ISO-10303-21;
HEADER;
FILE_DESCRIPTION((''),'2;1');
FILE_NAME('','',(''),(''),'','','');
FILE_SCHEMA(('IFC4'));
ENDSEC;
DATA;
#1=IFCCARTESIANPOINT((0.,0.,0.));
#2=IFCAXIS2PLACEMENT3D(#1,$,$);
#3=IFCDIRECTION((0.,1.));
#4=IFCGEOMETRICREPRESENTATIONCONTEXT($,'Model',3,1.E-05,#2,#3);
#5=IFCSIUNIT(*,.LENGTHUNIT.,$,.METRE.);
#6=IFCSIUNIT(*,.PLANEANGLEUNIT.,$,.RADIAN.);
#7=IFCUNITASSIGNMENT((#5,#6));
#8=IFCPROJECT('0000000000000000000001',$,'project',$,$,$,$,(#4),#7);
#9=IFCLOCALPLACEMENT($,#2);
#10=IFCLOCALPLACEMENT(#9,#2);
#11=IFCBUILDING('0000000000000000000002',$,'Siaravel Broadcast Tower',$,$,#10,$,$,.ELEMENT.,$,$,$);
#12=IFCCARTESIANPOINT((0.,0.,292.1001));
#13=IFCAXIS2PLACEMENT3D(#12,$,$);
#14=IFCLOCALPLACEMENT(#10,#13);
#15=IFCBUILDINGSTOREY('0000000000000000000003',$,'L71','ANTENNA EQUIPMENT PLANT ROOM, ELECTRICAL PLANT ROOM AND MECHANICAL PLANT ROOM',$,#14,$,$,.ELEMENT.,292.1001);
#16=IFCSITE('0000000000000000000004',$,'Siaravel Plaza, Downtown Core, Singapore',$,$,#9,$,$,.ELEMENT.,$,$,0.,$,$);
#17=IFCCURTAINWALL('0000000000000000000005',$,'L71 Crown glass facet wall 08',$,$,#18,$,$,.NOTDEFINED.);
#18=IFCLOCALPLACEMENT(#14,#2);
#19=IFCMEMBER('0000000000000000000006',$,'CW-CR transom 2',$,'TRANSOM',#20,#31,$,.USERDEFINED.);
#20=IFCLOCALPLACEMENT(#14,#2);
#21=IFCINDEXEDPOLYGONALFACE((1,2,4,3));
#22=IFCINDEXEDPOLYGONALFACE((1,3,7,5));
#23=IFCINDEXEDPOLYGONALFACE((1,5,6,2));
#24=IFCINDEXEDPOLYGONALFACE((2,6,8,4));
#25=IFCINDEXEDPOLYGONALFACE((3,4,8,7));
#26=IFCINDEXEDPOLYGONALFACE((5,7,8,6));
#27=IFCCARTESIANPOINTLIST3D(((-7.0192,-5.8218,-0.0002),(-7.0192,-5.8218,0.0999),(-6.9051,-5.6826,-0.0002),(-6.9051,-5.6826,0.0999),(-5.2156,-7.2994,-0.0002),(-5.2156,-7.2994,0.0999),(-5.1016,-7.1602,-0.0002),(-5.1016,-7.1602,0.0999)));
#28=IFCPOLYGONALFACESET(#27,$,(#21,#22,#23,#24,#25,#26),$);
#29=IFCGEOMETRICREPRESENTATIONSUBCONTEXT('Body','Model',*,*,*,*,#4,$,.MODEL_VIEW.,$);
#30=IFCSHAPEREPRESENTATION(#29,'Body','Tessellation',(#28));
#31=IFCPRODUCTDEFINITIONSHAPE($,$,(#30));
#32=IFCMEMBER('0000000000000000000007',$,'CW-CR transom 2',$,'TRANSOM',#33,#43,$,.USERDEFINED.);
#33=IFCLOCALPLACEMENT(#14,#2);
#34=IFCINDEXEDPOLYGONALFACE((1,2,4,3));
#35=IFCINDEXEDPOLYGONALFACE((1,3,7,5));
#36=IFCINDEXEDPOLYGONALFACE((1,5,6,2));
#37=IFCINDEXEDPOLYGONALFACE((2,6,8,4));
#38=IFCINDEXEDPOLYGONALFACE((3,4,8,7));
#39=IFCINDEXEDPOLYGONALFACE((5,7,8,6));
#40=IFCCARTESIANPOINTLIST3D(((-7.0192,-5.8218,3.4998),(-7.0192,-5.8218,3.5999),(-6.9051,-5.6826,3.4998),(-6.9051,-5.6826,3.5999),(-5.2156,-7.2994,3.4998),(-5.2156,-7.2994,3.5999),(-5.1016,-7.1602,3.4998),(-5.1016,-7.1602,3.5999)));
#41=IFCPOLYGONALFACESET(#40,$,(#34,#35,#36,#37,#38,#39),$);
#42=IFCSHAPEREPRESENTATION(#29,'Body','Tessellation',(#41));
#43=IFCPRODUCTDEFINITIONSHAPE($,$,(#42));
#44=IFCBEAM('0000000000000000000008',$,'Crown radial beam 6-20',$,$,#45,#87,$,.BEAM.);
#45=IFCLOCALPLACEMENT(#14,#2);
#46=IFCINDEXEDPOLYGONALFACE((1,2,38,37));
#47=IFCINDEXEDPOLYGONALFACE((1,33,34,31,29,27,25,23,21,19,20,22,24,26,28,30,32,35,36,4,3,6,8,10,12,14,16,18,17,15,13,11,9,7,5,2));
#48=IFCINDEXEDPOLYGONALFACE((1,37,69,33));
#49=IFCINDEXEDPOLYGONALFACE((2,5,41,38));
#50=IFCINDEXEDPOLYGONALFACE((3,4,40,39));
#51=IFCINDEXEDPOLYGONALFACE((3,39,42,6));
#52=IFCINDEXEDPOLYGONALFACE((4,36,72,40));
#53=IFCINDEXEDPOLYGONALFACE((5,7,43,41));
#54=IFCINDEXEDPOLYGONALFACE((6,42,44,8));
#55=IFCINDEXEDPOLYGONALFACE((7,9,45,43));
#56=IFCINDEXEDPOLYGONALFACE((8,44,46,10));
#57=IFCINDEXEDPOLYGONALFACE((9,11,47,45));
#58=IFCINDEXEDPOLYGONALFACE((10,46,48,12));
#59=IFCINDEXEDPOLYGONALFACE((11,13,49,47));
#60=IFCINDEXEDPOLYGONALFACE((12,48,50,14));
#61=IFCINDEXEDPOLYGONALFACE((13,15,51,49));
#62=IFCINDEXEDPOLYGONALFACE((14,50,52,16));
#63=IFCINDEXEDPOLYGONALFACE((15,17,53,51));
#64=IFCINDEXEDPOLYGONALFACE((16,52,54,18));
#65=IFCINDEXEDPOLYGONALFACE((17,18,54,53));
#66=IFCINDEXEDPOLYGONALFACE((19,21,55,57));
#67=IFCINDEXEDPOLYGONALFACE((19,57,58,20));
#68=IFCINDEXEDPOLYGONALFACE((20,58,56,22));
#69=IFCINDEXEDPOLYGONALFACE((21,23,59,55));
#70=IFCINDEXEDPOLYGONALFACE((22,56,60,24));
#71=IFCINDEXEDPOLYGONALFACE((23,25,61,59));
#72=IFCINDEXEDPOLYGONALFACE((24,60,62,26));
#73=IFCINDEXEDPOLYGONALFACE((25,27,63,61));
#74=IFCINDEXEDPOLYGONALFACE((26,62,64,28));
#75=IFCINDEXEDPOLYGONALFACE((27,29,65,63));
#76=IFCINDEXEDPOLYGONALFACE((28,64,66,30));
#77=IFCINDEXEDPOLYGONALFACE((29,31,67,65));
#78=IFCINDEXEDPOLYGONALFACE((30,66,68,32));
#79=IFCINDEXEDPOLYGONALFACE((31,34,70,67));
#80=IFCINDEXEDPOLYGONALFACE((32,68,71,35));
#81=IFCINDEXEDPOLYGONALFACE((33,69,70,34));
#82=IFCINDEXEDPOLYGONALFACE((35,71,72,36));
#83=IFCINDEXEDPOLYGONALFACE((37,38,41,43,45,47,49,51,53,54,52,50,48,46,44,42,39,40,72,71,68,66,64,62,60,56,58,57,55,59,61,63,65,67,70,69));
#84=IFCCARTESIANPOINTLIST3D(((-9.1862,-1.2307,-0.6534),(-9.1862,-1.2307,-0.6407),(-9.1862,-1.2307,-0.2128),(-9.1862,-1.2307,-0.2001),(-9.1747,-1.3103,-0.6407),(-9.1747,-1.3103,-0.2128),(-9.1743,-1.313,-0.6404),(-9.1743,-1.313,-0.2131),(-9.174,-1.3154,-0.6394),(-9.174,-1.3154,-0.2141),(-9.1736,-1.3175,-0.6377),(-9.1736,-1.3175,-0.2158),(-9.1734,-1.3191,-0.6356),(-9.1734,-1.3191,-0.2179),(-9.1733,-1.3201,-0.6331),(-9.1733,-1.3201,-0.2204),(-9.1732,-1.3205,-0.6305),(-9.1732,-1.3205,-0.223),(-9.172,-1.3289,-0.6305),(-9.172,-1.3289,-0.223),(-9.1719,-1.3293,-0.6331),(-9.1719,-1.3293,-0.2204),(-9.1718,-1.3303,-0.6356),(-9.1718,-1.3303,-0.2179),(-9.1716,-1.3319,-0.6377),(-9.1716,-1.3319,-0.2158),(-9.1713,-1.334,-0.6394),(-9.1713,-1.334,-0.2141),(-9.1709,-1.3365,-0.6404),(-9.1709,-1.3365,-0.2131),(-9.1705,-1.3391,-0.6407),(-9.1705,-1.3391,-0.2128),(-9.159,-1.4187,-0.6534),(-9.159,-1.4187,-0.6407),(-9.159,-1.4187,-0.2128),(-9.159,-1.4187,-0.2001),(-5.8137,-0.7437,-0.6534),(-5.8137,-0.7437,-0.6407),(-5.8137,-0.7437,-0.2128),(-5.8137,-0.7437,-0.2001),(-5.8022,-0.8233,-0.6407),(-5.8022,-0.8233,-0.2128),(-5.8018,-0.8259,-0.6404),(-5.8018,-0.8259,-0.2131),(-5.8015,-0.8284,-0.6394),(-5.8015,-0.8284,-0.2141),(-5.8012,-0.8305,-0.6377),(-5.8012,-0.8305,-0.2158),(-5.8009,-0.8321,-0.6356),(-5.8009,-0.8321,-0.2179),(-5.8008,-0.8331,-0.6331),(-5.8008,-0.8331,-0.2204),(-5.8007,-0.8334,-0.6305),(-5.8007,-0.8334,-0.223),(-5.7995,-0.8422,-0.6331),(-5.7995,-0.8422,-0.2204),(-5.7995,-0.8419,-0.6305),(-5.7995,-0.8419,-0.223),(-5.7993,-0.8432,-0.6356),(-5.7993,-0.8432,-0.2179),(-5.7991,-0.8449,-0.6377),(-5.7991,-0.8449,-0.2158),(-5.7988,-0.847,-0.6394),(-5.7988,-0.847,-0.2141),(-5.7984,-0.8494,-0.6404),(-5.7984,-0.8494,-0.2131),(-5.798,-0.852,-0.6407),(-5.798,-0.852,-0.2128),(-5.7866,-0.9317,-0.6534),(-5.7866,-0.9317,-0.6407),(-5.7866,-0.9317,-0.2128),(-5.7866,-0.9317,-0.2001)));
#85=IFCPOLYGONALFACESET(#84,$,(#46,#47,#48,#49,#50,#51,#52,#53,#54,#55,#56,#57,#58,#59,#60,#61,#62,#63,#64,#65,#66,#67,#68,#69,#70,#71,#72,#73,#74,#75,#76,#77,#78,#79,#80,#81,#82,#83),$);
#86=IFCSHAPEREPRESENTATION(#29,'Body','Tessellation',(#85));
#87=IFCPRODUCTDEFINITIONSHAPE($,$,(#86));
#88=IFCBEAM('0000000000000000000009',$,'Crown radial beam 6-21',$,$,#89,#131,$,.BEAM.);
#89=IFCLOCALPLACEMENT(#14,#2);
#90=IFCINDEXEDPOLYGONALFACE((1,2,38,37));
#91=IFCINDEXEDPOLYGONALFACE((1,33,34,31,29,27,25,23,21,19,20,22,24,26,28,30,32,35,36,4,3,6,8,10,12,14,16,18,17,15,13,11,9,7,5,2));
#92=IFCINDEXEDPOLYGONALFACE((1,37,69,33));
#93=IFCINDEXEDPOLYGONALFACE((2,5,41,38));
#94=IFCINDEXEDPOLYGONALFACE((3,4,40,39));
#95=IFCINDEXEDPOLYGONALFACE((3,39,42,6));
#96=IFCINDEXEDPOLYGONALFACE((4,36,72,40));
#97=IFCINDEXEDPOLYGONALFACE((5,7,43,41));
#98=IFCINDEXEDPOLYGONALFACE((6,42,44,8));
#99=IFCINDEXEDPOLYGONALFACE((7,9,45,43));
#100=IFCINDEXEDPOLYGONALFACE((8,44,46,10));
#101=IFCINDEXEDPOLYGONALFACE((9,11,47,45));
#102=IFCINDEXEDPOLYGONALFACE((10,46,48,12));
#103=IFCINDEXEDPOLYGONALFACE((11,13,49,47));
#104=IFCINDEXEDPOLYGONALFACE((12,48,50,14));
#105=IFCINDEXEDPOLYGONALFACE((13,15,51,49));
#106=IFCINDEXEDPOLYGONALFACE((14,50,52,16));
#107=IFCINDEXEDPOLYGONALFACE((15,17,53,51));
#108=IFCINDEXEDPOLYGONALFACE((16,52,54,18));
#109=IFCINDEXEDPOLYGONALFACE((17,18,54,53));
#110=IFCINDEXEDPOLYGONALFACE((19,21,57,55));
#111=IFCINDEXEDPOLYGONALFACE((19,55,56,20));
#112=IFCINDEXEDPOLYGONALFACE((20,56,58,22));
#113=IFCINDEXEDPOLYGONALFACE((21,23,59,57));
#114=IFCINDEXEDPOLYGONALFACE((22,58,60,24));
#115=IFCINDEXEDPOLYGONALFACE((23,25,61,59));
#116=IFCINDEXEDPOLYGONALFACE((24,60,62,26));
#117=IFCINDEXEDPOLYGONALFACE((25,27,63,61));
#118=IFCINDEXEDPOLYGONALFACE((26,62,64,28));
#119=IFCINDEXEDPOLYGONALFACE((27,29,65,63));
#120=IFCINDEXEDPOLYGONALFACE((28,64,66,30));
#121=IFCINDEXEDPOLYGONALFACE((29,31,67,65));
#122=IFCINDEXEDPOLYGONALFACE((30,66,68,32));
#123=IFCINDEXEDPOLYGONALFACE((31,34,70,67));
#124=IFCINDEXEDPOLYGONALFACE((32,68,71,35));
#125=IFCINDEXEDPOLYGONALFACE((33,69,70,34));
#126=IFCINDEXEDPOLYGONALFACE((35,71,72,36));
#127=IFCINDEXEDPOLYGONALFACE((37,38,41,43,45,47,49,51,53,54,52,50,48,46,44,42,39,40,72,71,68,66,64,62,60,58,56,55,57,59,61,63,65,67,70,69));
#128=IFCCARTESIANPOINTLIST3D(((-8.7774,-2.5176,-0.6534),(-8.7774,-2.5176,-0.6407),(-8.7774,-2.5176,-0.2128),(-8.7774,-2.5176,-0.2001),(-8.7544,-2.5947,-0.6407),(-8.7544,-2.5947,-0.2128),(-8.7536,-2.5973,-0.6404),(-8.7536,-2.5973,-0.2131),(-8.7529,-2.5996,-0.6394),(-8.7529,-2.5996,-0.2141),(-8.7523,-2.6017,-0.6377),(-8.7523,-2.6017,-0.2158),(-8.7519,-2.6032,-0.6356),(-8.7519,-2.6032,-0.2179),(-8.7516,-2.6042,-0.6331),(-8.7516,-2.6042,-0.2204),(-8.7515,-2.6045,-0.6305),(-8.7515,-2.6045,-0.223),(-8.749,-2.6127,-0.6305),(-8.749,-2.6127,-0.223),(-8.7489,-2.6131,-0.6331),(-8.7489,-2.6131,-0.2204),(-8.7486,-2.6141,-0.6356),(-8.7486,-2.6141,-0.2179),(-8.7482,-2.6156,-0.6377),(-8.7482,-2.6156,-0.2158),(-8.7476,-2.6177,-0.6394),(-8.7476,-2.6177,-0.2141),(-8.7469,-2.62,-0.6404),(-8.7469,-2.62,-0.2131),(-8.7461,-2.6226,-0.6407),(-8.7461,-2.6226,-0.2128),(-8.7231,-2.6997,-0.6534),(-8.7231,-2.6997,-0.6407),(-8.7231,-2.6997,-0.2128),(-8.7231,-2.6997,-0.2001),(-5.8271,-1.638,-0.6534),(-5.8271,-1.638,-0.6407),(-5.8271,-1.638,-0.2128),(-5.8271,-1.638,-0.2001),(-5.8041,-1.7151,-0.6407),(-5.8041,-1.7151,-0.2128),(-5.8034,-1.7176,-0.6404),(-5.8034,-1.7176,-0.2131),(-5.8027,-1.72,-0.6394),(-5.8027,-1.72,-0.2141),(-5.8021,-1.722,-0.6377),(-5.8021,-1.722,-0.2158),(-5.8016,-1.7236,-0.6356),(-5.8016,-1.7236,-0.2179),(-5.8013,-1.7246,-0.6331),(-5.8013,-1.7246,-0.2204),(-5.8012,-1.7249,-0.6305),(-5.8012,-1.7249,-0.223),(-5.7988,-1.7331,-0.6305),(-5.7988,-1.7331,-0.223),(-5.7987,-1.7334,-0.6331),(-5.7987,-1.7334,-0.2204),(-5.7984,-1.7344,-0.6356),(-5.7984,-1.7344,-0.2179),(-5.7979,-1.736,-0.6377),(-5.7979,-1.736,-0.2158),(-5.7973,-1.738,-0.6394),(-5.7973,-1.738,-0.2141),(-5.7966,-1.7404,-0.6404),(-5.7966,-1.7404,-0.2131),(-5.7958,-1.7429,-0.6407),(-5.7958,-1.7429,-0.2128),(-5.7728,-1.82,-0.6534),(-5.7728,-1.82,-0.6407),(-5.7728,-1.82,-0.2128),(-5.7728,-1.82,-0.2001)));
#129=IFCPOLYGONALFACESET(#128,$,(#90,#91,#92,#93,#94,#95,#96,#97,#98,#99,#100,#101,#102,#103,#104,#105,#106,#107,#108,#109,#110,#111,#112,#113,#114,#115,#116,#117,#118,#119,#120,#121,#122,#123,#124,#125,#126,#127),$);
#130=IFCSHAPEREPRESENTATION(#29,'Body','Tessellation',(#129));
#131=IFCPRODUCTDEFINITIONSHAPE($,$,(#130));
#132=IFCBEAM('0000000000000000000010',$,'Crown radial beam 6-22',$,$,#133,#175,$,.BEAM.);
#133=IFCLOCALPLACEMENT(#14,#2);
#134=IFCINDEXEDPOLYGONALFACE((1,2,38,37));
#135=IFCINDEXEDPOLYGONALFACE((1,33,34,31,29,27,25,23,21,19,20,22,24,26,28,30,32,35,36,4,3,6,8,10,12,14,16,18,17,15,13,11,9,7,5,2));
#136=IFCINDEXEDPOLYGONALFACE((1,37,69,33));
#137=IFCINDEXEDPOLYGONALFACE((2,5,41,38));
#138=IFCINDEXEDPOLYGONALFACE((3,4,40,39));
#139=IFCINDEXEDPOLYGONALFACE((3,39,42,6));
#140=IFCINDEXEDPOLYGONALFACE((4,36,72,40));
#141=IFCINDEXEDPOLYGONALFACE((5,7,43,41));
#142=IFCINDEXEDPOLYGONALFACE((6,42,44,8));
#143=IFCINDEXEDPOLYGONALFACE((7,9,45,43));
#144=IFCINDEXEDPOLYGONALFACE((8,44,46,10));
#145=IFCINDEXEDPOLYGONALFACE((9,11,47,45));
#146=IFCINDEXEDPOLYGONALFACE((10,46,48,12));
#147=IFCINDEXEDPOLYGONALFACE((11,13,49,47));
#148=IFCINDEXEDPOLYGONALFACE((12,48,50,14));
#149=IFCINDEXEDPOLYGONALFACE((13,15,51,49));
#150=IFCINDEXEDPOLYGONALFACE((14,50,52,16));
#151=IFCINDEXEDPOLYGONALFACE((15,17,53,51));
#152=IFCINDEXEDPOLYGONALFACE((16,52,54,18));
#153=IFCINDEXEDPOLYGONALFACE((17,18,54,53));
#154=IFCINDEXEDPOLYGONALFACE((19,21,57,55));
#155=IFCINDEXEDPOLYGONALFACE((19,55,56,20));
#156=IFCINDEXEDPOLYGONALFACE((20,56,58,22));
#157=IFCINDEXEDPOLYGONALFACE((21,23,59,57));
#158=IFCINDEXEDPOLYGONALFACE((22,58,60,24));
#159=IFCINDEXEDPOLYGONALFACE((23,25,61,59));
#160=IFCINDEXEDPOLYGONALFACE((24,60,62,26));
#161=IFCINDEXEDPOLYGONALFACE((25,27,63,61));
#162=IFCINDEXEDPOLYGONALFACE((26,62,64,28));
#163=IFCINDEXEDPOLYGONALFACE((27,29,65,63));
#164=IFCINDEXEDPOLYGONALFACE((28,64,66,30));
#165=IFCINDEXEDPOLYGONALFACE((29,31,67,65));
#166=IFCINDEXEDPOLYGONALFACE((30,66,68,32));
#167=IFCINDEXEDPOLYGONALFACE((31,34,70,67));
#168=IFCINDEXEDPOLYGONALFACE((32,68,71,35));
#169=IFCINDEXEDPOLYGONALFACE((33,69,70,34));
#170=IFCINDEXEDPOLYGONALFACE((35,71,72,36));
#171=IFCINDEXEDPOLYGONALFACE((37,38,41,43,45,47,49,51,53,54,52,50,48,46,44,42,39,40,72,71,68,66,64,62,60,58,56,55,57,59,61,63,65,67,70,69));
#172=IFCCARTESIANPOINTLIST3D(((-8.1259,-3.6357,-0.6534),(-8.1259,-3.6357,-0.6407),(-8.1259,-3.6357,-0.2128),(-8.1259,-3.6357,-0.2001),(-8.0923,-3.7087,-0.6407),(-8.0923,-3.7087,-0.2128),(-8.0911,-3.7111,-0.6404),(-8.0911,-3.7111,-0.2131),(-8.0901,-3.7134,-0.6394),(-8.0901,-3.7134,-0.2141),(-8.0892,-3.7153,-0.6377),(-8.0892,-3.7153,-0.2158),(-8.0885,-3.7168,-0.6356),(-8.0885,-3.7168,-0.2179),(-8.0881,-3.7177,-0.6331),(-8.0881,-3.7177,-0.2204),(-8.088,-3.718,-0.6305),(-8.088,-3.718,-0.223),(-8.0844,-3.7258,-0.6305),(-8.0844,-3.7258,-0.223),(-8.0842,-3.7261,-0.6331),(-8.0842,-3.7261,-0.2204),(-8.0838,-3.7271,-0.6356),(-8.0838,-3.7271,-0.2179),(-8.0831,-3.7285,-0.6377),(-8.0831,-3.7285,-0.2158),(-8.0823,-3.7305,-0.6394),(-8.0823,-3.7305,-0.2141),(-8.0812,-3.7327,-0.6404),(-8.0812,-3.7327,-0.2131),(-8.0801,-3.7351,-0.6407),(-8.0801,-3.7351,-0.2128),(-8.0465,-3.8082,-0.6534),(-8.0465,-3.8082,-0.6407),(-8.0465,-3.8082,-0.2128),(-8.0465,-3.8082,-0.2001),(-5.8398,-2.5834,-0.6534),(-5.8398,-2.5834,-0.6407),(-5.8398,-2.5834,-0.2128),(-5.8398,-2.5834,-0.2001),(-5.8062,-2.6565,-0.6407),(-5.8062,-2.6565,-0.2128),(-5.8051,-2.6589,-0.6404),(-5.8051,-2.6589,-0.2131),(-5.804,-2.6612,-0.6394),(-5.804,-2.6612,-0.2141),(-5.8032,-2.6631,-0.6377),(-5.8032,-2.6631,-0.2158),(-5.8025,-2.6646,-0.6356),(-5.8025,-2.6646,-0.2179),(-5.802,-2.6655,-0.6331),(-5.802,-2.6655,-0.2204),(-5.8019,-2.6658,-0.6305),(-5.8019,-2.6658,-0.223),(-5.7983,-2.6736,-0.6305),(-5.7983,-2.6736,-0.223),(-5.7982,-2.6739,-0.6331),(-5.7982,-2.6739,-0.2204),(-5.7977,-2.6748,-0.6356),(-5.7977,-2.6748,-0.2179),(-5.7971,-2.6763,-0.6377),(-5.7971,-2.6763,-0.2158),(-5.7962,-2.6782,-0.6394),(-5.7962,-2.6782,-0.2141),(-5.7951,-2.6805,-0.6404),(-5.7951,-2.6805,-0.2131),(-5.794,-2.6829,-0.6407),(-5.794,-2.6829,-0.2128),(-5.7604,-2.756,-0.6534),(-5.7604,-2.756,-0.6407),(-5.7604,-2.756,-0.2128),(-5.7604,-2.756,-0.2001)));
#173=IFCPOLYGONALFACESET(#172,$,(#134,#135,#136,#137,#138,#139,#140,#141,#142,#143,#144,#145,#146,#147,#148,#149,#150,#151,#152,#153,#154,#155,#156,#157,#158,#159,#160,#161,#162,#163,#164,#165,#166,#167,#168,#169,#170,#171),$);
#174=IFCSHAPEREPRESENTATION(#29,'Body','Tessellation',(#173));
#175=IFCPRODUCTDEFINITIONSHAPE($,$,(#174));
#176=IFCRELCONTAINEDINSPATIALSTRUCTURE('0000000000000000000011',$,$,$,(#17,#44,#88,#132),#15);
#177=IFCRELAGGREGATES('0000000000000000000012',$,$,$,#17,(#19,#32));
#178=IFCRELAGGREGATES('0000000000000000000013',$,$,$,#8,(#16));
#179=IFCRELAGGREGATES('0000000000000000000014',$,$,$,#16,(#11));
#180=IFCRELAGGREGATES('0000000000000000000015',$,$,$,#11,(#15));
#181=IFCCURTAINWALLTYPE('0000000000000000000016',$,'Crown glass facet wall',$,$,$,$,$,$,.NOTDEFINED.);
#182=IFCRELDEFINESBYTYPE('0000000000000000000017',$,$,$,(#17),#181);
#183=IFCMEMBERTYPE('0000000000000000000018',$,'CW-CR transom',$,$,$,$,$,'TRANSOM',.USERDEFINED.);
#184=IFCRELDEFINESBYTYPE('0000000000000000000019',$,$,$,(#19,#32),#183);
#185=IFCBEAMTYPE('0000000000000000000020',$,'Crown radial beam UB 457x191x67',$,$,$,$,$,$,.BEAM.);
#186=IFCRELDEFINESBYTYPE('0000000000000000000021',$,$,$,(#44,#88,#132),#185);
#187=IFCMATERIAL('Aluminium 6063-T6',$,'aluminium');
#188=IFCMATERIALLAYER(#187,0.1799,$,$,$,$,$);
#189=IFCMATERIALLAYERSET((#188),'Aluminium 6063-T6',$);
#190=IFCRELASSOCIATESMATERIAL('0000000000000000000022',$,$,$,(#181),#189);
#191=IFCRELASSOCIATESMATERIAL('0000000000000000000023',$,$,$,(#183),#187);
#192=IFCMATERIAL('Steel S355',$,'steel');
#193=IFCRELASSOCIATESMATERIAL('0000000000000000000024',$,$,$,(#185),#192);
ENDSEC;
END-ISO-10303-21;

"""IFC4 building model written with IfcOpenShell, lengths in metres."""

from ifc_helpers import new_model, si_unit, direction, frame, origin, origin_2d, place, context, subcontext, project, spatial, rectangle, i_section, extrude, material, layer, layer_set, material_profile, profile_set, type_object, element, aggregate, save


model = new_model("IFC4")

# Units and contexts
model_context = context("Model", 3, precision=1e-05, world=origin(), true_north=direction((0.0, 1.0)))
body_context = subcontext(model_context, "Body", "Model", "MODEL_VIEW")
ifc_project = project(units=[si_unit("LENGTHUNIT", "METRE"), si_unit("PLANEANGLEUNIT", "RADIAN")], contexts=[model_context])

# Site, building, storey
site_placement = place(None, origin())
site = spatial("IfcSite", under=ifc_project, at=site_placement, Name="Siaravel Plaza, Downtown Core, Singapore", CompositionType="ELEMENT", RefElevation=0.0)
building_placement = place(site_placement, origin())
building = spatial("IfcBuilding", under=site, at=building_placement, Name="Siaravel Broadcast Tower", CompositionType="ELEMENT")
storey_placement = place(building_placement, frame((0.0, 0.0, 292.1001)))
storey = spatial("IfcBuildingStorey", under=building, at=storey_placement, Name="L71", Description="ANTENNA EQUIPMENT PLANT ROOM, ELECTRICAL PLANT ROOM AND MECHANICAL PLANT ROOM", CompositionType="ELEMENT", Elevation=292.1001)

# Curtain wall
ifc_material_1 = material(Name="Aluminium 6063-T6", Category="aluminium")
ifc_layer_1 = layer(ifc_material_1, 0.1799)
ifc_layer_set_1 = layer_set([ifc_layer_1], Name="Aluminium 6063-T6")
curtain_wall_type = type_object("IfcCurtainWallType", Name="Crown glass facet wall", PredefinedType="NOTDEFINED", material=ifc_layer_set_1)
curtain_wall_1_placement = place(storey_placement, origin())
curtain_wall_1 = element("IfcCurtainWall", 1, at=curtain_wall_1_placement, inside=storey, type_object=curtain_wall_type, Name="L71 Crown glass facet wall 08", PredefinedType="NOTDEFINED")

# Members
ifc_material_profile_1 = material_profile(ifc_material_1, rectangle(XDim=0.1799, YDim=0.1001, at=origin_2d()))
ifc_profile_set_1 = profile_set([ifc_material_profile_1], Name="Aluminium 6063-T6")
member_type_1 = type_object("IfcMemberType", Name="CW-CR transom", ElementType="TRANSOM", PredefinedType="USERDEFINED", material=ifc_profile_set_1)
member_1_placement = place(storey_placement, frame((-6.9622, -5.7522, 0.0498), z_axis=(0.773542, -0.633745, 0.0), x_axis=(0.633745, 0.773542, 0.0)))
member_1 = element("IfcMember", 2, at=member_1_placement, type_object=member_type_1, Name="CW-CR transom 2", ObjectType="TRANSOM", PredefinedType="USERDEFINED", context=body_context, shape_type="SweptSolid", body=[
    extrude(rectangle(XDim=0.1799, YDim=0.1001, at=origin_2d()), origin(), (0.0, 0.0, 1.0), 2.3315),
])
member_2_placement = place(storey_placement, frame((-6.9622, -5.7522, 3.5498), z_axis=(0.773542, -0.633745, 0.0), x_axis=(0.633745, 0.773542, 0.0)))
member_2 = element("IfcMember", 3, at=member_2_placement, type_object=member_type_1, Name="CW-CR transom 2", ObjectType="TRANSOM", PredefinedType="USERDEFINED", context=body_context, shape_type="SweptSolid", body=[
    extrude(rectangle(XDim=0.1799, YDim=0.1001, at=origin_2d()), origin(), (0.0, 0.0, 1.0), 2.3315),
])

# Beams
ifc_material_2 = material(Name="Steel S355", Category="steel")
ifc_material_profile_2 = material_profile(ifc_material_2, i_section(OverallWidth=0.1899, OverallDepth=0.4534, WebThickness=0.0085, FlangeThickness=0.0127, FilletRadius=0.0103, at=origin_2d()))
ifc_profile_set_2 = profile_set([ifc_material_profile_2], Name="Steel S355")
beam_type_1 = type_object("IfcBeamType", Name="Crown radial beam UB 457x191x67", PredefinedType="BEAM", material=ifc_profile_set_2)
beam_1_placement = place(storey_placement, frame((-9.1726, -1.3247, -0.4268), z_axis=(0.989732, 0.142936, 0.0), x_axis=(-0.142936, 0.989732, 0.0)))
element("IfcBeam", 4, at=beam_1_placement, inside=storey, type_object=beam_type_1, Name="Crown radial beam 6-20", PredefinedType="BEAM", context=body_context, shape_type="SweptSolid", body=[
    extrude(i_section(OverallWidth=0.1899, OverallDepth=0.4534, WebThickness=0.0085, FlangeThickness=0.0127, FilletRadius=0.0103, at=origin_2d()), origin(), (0.0, 0.0, 1.0), 3.4075),
])
beam_2_placement = place(storey_placement, frame((-8.7502, -2.6086, -0.4268), z_axis=(0.958309, 0.285732, 0.0), x_axis=(-0.285732, 0.958309, 0.0)))
element("IfcBeam", 5, at=beam_2_placement, inside=storey, type_object=beam_type_1, Name="Crown radial beam 6-21", PredefinedType="BEAM", context=body_context, shape_type="SweptSolid", body=[
    extrude(i_section(OverallWidth=0.1899, OverallDepth=0.4534, WebThickness=0.0085, FlangeThickness=0.0127, FilletRadius=0.0103, at=origin_2d()), origin(), (0.0, 0.0, 1.0), 3.0786),
])
beam_3_placement = place(storey_placement, frame((-8.0862, -3.7219, -0.4268), z_axis=(0.908396, 0.418111, 0.0), x_axis=(-0.418111, 0.908396, 0.0)))
element("IfcBeam", 6, at=beam_3_placement, inside=storey, type_object=beam_type_1, Name="Crown radial beam 6-22", PredefinedType="BEAM", context=body_context, shape_type="SweptSolid", body=[
    extrude(i_section(OverallWidth=0.1899, OverallDepth=0.4534, WebThickness=0.0085, FlangeThickness=0.0127, FilletRadius=0.0103, at=origin_2d()), origin(), (0.0, 0.0, 1.0), 2.5166),
])

aggregate(curtain_wall_1, [member_1, member_2])

save(model, "model.ifc")
